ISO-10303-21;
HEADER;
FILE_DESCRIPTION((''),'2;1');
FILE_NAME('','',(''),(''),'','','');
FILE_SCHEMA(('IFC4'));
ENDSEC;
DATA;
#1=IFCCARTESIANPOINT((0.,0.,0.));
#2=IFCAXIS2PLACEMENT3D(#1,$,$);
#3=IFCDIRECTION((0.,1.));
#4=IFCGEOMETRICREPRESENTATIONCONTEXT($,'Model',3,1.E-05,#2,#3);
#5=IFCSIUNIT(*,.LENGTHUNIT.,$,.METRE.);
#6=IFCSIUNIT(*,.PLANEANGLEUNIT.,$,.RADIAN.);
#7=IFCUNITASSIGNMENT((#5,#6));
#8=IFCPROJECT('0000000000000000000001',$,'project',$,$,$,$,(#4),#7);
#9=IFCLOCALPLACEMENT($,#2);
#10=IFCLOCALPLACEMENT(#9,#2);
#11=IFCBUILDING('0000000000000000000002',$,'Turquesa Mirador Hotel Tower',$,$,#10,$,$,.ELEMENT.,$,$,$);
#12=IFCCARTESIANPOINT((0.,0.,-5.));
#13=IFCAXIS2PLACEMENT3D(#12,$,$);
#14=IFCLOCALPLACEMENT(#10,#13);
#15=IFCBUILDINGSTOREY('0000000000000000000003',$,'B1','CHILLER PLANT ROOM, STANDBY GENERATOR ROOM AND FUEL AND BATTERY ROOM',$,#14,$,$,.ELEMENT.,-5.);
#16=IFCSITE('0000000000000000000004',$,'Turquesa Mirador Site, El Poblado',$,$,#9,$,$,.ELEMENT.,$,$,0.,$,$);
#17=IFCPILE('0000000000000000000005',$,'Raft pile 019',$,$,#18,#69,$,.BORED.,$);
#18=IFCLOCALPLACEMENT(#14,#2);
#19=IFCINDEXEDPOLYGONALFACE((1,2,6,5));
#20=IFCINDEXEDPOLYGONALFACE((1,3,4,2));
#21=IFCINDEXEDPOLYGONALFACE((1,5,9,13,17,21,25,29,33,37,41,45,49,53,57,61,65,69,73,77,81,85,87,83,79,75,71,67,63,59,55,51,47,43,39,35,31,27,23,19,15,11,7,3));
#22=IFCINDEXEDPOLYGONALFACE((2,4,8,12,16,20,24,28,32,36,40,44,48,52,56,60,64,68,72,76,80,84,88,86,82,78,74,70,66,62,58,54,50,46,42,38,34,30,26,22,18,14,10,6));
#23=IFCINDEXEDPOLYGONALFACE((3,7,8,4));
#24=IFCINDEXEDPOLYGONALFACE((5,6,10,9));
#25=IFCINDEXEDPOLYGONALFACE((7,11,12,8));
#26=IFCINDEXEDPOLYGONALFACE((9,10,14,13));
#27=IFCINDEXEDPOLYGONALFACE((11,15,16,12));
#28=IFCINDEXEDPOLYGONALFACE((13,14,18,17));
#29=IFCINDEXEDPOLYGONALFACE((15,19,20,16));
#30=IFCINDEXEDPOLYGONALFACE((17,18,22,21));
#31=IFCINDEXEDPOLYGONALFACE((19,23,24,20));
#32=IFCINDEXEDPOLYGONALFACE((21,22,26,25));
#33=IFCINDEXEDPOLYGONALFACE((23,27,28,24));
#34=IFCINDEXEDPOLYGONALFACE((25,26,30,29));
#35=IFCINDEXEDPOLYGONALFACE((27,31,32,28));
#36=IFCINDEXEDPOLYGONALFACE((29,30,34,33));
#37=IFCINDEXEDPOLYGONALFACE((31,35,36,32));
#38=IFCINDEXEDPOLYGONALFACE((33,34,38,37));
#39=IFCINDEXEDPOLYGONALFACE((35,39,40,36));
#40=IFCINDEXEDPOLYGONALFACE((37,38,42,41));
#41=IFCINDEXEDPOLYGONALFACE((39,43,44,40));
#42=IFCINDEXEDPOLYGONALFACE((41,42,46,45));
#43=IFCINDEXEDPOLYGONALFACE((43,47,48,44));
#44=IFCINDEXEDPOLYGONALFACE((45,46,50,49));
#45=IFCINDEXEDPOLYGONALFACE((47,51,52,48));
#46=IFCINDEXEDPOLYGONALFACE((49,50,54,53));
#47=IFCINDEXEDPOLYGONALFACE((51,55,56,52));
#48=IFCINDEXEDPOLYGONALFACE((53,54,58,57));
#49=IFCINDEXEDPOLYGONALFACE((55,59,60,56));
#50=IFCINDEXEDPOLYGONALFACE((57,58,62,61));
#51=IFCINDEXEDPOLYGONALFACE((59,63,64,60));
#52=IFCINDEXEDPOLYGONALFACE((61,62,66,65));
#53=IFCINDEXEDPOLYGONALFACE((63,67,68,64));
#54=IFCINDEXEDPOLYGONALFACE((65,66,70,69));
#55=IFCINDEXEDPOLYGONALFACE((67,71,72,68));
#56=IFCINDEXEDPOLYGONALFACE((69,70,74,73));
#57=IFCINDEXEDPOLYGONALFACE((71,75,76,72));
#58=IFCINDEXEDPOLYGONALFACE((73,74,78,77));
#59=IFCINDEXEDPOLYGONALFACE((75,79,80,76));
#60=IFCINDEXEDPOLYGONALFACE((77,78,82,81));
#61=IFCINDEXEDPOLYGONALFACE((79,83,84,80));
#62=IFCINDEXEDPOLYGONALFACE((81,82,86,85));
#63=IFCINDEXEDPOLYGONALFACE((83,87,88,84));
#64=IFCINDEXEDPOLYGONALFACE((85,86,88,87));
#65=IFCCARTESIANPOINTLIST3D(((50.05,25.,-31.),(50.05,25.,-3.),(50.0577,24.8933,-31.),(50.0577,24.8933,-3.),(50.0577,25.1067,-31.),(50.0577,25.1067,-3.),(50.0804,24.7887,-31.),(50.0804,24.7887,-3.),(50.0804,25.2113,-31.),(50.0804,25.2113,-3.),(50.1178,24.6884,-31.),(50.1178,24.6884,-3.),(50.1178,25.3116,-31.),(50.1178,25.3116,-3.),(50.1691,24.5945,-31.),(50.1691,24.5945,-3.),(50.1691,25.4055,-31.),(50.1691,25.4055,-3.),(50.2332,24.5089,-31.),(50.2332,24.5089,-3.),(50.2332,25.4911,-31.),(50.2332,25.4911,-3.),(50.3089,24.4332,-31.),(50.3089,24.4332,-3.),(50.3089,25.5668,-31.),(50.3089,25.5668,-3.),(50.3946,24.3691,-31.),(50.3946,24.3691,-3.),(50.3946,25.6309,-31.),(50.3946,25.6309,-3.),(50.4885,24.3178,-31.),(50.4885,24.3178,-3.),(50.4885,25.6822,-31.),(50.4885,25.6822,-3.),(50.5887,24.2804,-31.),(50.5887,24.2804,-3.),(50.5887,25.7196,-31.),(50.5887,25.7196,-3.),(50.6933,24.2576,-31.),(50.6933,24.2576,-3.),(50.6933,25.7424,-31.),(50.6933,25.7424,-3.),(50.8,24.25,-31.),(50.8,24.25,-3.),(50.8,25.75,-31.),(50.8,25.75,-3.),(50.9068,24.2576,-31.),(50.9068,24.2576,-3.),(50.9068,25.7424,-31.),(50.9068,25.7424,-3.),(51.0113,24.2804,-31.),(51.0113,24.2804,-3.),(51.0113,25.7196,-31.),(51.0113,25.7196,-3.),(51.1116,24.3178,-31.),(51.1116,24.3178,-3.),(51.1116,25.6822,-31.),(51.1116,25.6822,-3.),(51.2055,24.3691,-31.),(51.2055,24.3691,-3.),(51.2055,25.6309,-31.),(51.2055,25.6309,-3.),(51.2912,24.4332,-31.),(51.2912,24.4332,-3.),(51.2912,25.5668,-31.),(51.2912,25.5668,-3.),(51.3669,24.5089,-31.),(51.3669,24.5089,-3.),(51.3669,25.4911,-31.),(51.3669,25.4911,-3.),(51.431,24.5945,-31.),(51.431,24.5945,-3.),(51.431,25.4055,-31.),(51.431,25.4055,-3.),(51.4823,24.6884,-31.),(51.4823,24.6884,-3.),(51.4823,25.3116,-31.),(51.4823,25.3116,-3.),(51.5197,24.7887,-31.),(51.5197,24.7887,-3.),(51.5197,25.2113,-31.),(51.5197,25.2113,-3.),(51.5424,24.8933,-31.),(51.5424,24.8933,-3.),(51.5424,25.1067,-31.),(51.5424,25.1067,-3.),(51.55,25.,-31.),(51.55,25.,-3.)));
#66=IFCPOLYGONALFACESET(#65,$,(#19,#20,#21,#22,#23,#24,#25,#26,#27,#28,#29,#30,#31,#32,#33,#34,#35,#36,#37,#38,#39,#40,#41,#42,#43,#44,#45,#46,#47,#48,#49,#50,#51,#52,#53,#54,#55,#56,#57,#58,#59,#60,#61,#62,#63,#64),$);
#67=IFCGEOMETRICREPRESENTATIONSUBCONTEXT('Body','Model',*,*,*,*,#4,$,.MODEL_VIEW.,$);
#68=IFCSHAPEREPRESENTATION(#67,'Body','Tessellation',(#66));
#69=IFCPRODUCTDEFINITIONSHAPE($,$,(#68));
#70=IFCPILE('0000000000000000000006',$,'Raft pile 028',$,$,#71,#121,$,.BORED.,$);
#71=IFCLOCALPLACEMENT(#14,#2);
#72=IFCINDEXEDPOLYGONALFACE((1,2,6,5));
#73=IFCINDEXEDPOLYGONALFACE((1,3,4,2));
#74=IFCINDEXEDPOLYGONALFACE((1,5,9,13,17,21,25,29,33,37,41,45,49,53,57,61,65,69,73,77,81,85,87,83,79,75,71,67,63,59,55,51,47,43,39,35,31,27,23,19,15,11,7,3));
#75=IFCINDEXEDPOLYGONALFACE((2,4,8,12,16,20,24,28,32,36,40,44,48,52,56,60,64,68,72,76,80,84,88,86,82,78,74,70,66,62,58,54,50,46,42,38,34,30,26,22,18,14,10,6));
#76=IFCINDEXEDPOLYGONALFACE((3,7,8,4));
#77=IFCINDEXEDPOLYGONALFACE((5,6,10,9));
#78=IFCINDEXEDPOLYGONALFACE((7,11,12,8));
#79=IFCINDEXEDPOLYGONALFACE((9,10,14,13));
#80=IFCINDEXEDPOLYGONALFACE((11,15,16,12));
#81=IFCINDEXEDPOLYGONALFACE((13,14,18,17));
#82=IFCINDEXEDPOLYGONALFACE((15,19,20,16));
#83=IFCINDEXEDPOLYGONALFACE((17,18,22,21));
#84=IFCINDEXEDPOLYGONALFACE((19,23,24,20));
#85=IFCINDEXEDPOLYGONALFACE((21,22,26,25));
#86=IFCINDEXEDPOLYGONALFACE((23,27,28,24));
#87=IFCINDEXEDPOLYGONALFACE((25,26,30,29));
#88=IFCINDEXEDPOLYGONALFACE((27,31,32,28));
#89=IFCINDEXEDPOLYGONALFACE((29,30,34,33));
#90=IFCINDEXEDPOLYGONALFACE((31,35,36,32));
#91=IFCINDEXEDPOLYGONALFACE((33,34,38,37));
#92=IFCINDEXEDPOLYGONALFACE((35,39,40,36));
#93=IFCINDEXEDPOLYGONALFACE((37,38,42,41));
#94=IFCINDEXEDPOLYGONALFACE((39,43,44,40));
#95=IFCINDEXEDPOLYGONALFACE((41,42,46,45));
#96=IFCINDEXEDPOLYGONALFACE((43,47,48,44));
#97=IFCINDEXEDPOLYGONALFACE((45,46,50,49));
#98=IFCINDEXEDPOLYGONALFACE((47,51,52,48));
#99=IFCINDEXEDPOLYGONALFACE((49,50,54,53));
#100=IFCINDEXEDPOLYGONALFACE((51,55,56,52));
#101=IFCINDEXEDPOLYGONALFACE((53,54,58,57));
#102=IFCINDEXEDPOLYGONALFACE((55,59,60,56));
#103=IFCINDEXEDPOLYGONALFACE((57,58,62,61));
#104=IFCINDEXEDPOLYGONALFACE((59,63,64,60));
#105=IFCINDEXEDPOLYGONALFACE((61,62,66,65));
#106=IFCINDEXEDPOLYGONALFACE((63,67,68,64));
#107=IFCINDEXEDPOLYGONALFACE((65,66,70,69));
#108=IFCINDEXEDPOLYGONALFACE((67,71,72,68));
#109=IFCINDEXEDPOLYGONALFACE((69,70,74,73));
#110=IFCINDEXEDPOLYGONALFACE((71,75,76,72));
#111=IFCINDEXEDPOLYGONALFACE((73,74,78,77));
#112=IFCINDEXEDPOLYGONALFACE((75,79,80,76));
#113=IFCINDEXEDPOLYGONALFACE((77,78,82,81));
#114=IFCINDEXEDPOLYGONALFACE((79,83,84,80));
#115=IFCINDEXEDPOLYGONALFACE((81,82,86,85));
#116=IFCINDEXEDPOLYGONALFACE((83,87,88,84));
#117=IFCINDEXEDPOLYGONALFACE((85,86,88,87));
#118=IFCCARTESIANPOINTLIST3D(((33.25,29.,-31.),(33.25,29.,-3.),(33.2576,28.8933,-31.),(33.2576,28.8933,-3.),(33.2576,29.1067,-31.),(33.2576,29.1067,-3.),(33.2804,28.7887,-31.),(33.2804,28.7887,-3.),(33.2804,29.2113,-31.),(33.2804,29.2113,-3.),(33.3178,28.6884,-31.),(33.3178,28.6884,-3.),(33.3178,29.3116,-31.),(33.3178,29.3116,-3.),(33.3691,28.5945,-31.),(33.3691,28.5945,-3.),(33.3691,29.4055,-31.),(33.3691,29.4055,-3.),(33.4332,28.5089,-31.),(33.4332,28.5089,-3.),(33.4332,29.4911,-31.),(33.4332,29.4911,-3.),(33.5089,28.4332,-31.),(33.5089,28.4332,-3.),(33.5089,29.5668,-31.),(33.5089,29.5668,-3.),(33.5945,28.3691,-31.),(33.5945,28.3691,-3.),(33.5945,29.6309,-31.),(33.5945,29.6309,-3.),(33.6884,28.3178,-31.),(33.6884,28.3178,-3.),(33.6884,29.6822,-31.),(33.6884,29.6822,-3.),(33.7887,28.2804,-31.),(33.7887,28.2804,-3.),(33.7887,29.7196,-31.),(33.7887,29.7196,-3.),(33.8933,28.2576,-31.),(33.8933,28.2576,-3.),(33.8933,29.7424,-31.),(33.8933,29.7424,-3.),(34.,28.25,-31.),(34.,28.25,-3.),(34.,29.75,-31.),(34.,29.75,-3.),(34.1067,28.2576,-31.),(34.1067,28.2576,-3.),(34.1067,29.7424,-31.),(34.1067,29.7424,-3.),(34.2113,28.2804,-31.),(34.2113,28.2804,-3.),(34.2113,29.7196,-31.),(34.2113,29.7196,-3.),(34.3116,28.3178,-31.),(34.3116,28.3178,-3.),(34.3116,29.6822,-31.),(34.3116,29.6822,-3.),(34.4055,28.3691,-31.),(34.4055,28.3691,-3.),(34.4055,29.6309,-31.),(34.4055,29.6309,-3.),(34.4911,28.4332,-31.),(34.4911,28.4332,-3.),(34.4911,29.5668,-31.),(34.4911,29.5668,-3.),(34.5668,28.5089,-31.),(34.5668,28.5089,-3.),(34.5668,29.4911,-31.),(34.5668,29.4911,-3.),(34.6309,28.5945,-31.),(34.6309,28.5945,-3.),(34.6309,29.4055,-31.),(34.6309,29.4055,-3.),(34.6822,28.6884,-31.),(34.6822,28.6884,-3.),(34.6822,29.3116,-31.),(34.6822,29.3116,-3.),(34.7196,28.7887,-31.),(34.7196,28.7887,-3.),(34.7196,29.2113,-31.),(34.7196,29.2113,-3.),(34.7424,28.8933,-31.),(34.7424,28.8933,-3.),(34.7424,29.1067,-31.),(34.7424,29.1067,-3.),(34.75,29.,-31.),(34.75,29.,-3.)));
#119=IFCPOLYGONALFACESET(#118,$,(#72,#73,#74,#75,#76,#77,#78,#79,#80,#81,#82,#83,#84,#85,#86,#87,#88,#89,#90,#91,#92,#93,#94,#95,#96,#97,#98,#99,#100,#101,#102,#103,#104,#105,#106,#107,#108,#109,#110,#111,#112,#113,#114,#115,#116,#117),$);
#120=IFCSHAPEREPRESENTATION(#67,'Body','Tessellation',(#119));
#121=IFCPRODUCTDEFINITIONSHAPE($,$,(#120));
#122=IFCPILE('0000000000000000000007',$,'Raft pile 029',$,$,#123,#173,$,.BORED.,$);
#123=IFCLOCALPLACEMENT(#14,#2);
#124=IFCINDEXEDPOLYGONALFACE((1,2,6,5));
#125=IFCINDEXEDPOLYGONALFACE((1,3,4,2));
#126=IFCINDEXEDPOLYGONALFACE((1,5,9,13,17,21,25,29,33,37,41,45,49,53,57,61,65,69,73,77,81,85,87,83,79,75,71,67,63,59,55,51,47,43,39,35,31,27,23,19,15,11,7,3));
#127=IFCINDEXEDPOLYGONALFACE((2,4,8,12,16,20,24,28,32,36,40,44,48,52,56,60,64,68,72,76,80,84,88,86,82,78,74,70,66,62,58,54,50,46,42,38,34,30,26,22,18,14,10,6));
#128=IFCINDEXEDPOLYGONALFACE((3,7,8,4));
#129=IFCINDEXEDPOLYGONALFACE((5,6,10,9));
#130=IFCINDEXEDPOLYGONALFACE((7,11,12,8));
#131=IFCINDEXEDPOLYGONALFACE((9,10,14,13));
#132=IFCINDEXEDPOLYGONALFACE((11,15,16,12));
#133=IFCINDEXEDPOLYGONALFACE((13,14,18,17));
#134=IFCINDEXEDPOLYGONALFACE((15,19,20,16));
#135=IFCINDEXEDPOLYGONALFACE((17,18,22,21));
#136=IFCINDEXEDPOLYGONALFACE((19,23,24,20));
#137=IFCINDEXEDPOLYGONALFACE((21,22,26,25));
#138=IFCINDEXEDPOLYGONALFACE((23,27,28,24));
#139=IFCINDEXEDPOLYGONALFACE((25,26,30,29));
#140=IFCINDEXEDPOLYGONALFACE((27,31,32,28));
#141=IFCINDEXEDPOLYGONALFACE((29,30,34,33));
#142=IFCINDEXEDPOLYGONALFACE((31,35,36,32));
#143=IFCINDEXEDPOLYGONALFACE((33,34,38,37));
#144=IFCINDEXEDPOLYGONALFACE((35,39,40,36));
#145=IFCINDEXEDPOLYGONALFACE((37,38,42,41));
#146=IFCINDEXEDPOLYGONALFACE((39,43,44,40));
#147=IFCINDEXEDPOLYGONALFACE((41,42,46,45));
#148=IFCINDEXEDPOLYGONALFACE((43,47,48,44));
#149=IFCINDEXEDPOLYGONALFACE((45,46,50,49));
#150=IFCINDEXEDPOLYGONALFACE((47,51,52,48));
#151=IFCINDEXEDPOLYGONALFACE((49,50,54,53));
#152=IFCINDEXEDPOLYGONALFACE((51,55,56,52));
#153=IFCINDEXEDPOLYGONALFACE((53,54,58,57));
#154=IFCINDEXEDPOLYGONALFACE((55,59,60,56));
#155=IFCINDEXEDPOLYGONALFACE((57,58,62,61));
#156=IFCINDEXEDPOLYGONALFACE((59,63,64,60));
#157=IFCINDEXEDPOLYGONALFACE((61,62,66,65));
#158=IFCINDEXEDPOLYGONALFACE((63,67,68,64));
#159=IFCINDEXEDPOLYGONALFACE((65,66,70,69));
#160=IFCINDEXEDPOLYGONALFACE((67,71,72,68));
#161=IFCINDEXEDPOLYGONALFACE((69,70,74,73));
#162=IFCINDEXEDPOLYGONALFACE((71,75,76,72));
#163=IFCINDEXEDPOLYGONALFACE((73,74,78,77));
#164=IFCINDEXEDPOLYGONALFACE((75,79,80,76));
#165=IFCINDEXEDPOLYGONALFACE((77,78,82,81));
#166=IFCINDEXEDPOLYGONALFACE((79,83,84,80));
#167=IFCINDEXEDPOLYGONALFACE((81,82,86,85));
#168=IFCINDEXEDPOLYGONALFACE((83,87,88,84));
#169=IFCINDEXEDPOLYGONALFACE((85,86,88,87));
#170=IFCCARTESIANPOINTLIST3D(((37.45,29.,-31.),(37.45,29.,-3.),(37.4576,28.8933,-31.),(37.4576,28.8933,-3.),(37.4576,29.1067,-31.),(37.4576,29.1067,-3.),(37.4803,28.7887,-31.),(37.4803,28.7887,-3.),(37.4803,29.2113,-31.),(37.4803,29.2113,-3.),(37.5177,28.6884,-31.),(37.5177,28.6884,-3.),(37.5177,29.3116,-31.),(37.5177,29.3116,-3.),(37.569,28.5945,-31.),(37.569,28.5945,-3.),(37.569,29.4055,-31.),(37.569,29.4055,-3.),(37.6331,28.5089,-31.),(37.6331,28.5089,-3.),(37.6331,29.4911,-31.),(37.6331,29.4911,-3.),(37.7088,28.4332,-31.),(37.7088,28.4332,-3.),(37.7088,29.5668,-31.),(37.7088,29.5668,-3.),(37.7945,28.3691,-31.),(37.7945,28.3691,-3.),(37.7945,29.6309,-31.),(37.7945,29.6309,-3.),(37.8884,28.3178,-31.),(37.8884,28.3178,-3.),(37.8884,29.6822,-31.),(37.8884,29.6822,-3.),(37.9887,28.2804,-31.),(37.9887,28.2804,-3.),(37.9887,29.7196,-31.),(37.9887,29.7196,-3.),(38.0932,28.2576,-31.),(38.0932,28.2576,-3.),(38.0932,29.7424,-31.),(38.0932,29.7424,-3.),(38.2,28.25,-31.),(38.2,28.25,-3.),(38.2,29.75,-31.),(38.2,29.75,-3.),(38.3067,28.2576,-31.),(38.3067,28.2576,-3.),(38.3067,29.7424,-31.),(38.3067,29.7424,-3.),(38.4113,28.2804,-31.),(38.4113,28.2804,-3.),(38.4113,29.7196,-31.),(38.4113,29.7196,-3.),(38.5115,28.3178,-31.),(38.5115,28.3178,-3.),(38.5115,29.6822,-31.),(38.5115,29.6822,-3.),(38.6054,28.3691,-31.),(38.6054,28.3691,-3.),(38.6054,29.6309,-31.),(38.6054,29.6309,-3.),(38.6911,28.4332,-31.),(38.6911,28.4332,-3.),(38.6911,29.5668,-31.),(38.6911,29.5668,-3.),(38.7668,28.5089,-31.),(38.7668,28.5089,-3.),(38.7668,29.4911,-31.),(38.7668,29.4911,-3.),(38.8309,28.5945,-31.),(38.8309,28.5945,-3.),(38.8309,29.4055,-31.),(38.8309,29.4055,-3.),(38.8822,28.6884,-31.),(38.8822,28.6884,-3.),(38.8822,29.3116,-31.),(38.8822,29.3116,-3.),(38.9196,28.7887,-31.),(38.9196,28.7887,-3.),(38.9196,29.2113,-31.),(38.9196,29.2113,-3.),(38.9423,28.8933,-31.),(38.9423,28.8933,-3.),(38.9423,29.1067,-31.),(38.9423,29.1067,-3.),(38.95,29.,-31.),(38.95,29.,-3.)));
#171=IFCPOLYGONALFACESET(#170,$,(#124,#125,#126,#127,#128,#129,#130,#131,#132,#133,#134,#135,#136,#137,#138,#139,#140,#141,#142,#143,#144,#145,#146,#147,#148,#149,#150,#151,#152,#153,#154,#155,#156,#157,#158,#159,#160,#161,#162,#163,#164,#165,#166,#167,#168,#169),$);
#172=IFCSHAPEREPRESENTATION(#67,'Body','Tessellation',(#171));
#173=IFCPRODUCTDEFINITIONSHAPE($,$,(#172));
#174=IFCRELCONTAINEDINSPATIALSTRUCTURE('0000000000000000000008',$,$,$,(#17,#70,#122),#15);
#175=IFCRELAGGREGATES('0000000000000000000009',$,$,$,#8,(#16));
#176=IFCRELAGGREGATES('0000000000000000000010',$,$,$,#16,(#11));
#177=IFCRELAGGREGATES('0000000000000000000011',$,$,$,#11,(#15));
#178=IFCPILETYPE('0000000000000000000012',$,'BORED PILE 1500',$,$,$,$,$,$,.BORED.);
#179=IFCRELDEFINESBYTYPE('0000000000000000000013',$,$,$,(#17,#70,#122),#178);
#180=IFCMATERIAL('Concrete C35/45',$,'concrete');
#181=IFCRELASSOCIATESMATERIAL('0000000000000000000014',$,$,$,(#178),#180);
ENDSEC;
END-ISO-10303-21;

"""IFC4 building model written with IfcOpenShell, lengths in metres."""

from ifc_helpers import new_model, si_unit, direction, frame, origin, origin_2d, place, context, subcontext, project, spatial, circle, extrude, material, type_object, element, save


model = new_model("IFC4")

# Units and contexts
model_context = context("Model", 3, precision=1e-05, world=origin(), true_north=direction((0.0, 1.0)))
body_context = subcontext(model_context, "Body", "Model", "MODEL_VIEW")
ifc_project = project(units=[si_unit("LENGTHUNIT", "METRE"), si_unit("PLANEANGLEUNIT", "RADIAN")], contexts=[model_context])

# Site, building, storey
site_placement = place(None, origin())
site = spatial("IfcSite", under=ifc_project, at=site_placement, Name="Turquesa Mirador Site, El Poblado", CompositionType="ELEMENT", RefElevation=0.0)
building_placement = place(site_placement, origin())
building = spatial("IfcBuilding", under=site, at=building_placement, Name="Turquesa Mirador Hotel Tower", CompositionType="ELEMENT")
storey_placement = place(building_placement, frame((0.0, 0.0, -5.0)))
storey = spatial("IfcBuildingStorey", under=building, at=storey_placement, Name="B1", Description="CHILLER PLANT ROOM, STANDBY GENERATOR ROOM AND FUEL AND BATTERY ROOM", CompositionType="ELEMENT", Elevation=-5.0)

# Piles
ifc_material_1 = material(Name="Concrete C35/45", Category="concrete")
pile_type = type_object("IfcPileType", Name="BORED PILE 1500", PredefinedType="BORED", material=ifc_material_1)
for number, where, z_axis, x_axis, name in (
    (1, (50.8, 25.0, -3.0), (0.0, 0.0, -1.0), (1.0, 0.0, 0.0), "Raft pile 019"),
    (2, (34.0, 29.0, -3.0), (0.0, 0.0, -1.0), (1.0, 0.0, 0.0), "Raft pile 028"),
    (3, (38.2, 29.0, -3.0), (0.0, 0.0, -1.0), (1.0, 0.0, 0.0), "Raft pile 029"),
):
    element("IfcPile", number, at=place(storey_placement, frame(where, z_axis=z_axis, x_axis=x_axis)), inside=storey, type_object=pile_type, Name=name, PredefinedType="BORED", context=body_context, shape_type="SweptSolid", body=[
        extrude(circle(Radius=0.75, at=origin_2d()), origin(), (0.0, 0.0, 1.0), 28.0),
    ])

save(model, "model.ifc")
